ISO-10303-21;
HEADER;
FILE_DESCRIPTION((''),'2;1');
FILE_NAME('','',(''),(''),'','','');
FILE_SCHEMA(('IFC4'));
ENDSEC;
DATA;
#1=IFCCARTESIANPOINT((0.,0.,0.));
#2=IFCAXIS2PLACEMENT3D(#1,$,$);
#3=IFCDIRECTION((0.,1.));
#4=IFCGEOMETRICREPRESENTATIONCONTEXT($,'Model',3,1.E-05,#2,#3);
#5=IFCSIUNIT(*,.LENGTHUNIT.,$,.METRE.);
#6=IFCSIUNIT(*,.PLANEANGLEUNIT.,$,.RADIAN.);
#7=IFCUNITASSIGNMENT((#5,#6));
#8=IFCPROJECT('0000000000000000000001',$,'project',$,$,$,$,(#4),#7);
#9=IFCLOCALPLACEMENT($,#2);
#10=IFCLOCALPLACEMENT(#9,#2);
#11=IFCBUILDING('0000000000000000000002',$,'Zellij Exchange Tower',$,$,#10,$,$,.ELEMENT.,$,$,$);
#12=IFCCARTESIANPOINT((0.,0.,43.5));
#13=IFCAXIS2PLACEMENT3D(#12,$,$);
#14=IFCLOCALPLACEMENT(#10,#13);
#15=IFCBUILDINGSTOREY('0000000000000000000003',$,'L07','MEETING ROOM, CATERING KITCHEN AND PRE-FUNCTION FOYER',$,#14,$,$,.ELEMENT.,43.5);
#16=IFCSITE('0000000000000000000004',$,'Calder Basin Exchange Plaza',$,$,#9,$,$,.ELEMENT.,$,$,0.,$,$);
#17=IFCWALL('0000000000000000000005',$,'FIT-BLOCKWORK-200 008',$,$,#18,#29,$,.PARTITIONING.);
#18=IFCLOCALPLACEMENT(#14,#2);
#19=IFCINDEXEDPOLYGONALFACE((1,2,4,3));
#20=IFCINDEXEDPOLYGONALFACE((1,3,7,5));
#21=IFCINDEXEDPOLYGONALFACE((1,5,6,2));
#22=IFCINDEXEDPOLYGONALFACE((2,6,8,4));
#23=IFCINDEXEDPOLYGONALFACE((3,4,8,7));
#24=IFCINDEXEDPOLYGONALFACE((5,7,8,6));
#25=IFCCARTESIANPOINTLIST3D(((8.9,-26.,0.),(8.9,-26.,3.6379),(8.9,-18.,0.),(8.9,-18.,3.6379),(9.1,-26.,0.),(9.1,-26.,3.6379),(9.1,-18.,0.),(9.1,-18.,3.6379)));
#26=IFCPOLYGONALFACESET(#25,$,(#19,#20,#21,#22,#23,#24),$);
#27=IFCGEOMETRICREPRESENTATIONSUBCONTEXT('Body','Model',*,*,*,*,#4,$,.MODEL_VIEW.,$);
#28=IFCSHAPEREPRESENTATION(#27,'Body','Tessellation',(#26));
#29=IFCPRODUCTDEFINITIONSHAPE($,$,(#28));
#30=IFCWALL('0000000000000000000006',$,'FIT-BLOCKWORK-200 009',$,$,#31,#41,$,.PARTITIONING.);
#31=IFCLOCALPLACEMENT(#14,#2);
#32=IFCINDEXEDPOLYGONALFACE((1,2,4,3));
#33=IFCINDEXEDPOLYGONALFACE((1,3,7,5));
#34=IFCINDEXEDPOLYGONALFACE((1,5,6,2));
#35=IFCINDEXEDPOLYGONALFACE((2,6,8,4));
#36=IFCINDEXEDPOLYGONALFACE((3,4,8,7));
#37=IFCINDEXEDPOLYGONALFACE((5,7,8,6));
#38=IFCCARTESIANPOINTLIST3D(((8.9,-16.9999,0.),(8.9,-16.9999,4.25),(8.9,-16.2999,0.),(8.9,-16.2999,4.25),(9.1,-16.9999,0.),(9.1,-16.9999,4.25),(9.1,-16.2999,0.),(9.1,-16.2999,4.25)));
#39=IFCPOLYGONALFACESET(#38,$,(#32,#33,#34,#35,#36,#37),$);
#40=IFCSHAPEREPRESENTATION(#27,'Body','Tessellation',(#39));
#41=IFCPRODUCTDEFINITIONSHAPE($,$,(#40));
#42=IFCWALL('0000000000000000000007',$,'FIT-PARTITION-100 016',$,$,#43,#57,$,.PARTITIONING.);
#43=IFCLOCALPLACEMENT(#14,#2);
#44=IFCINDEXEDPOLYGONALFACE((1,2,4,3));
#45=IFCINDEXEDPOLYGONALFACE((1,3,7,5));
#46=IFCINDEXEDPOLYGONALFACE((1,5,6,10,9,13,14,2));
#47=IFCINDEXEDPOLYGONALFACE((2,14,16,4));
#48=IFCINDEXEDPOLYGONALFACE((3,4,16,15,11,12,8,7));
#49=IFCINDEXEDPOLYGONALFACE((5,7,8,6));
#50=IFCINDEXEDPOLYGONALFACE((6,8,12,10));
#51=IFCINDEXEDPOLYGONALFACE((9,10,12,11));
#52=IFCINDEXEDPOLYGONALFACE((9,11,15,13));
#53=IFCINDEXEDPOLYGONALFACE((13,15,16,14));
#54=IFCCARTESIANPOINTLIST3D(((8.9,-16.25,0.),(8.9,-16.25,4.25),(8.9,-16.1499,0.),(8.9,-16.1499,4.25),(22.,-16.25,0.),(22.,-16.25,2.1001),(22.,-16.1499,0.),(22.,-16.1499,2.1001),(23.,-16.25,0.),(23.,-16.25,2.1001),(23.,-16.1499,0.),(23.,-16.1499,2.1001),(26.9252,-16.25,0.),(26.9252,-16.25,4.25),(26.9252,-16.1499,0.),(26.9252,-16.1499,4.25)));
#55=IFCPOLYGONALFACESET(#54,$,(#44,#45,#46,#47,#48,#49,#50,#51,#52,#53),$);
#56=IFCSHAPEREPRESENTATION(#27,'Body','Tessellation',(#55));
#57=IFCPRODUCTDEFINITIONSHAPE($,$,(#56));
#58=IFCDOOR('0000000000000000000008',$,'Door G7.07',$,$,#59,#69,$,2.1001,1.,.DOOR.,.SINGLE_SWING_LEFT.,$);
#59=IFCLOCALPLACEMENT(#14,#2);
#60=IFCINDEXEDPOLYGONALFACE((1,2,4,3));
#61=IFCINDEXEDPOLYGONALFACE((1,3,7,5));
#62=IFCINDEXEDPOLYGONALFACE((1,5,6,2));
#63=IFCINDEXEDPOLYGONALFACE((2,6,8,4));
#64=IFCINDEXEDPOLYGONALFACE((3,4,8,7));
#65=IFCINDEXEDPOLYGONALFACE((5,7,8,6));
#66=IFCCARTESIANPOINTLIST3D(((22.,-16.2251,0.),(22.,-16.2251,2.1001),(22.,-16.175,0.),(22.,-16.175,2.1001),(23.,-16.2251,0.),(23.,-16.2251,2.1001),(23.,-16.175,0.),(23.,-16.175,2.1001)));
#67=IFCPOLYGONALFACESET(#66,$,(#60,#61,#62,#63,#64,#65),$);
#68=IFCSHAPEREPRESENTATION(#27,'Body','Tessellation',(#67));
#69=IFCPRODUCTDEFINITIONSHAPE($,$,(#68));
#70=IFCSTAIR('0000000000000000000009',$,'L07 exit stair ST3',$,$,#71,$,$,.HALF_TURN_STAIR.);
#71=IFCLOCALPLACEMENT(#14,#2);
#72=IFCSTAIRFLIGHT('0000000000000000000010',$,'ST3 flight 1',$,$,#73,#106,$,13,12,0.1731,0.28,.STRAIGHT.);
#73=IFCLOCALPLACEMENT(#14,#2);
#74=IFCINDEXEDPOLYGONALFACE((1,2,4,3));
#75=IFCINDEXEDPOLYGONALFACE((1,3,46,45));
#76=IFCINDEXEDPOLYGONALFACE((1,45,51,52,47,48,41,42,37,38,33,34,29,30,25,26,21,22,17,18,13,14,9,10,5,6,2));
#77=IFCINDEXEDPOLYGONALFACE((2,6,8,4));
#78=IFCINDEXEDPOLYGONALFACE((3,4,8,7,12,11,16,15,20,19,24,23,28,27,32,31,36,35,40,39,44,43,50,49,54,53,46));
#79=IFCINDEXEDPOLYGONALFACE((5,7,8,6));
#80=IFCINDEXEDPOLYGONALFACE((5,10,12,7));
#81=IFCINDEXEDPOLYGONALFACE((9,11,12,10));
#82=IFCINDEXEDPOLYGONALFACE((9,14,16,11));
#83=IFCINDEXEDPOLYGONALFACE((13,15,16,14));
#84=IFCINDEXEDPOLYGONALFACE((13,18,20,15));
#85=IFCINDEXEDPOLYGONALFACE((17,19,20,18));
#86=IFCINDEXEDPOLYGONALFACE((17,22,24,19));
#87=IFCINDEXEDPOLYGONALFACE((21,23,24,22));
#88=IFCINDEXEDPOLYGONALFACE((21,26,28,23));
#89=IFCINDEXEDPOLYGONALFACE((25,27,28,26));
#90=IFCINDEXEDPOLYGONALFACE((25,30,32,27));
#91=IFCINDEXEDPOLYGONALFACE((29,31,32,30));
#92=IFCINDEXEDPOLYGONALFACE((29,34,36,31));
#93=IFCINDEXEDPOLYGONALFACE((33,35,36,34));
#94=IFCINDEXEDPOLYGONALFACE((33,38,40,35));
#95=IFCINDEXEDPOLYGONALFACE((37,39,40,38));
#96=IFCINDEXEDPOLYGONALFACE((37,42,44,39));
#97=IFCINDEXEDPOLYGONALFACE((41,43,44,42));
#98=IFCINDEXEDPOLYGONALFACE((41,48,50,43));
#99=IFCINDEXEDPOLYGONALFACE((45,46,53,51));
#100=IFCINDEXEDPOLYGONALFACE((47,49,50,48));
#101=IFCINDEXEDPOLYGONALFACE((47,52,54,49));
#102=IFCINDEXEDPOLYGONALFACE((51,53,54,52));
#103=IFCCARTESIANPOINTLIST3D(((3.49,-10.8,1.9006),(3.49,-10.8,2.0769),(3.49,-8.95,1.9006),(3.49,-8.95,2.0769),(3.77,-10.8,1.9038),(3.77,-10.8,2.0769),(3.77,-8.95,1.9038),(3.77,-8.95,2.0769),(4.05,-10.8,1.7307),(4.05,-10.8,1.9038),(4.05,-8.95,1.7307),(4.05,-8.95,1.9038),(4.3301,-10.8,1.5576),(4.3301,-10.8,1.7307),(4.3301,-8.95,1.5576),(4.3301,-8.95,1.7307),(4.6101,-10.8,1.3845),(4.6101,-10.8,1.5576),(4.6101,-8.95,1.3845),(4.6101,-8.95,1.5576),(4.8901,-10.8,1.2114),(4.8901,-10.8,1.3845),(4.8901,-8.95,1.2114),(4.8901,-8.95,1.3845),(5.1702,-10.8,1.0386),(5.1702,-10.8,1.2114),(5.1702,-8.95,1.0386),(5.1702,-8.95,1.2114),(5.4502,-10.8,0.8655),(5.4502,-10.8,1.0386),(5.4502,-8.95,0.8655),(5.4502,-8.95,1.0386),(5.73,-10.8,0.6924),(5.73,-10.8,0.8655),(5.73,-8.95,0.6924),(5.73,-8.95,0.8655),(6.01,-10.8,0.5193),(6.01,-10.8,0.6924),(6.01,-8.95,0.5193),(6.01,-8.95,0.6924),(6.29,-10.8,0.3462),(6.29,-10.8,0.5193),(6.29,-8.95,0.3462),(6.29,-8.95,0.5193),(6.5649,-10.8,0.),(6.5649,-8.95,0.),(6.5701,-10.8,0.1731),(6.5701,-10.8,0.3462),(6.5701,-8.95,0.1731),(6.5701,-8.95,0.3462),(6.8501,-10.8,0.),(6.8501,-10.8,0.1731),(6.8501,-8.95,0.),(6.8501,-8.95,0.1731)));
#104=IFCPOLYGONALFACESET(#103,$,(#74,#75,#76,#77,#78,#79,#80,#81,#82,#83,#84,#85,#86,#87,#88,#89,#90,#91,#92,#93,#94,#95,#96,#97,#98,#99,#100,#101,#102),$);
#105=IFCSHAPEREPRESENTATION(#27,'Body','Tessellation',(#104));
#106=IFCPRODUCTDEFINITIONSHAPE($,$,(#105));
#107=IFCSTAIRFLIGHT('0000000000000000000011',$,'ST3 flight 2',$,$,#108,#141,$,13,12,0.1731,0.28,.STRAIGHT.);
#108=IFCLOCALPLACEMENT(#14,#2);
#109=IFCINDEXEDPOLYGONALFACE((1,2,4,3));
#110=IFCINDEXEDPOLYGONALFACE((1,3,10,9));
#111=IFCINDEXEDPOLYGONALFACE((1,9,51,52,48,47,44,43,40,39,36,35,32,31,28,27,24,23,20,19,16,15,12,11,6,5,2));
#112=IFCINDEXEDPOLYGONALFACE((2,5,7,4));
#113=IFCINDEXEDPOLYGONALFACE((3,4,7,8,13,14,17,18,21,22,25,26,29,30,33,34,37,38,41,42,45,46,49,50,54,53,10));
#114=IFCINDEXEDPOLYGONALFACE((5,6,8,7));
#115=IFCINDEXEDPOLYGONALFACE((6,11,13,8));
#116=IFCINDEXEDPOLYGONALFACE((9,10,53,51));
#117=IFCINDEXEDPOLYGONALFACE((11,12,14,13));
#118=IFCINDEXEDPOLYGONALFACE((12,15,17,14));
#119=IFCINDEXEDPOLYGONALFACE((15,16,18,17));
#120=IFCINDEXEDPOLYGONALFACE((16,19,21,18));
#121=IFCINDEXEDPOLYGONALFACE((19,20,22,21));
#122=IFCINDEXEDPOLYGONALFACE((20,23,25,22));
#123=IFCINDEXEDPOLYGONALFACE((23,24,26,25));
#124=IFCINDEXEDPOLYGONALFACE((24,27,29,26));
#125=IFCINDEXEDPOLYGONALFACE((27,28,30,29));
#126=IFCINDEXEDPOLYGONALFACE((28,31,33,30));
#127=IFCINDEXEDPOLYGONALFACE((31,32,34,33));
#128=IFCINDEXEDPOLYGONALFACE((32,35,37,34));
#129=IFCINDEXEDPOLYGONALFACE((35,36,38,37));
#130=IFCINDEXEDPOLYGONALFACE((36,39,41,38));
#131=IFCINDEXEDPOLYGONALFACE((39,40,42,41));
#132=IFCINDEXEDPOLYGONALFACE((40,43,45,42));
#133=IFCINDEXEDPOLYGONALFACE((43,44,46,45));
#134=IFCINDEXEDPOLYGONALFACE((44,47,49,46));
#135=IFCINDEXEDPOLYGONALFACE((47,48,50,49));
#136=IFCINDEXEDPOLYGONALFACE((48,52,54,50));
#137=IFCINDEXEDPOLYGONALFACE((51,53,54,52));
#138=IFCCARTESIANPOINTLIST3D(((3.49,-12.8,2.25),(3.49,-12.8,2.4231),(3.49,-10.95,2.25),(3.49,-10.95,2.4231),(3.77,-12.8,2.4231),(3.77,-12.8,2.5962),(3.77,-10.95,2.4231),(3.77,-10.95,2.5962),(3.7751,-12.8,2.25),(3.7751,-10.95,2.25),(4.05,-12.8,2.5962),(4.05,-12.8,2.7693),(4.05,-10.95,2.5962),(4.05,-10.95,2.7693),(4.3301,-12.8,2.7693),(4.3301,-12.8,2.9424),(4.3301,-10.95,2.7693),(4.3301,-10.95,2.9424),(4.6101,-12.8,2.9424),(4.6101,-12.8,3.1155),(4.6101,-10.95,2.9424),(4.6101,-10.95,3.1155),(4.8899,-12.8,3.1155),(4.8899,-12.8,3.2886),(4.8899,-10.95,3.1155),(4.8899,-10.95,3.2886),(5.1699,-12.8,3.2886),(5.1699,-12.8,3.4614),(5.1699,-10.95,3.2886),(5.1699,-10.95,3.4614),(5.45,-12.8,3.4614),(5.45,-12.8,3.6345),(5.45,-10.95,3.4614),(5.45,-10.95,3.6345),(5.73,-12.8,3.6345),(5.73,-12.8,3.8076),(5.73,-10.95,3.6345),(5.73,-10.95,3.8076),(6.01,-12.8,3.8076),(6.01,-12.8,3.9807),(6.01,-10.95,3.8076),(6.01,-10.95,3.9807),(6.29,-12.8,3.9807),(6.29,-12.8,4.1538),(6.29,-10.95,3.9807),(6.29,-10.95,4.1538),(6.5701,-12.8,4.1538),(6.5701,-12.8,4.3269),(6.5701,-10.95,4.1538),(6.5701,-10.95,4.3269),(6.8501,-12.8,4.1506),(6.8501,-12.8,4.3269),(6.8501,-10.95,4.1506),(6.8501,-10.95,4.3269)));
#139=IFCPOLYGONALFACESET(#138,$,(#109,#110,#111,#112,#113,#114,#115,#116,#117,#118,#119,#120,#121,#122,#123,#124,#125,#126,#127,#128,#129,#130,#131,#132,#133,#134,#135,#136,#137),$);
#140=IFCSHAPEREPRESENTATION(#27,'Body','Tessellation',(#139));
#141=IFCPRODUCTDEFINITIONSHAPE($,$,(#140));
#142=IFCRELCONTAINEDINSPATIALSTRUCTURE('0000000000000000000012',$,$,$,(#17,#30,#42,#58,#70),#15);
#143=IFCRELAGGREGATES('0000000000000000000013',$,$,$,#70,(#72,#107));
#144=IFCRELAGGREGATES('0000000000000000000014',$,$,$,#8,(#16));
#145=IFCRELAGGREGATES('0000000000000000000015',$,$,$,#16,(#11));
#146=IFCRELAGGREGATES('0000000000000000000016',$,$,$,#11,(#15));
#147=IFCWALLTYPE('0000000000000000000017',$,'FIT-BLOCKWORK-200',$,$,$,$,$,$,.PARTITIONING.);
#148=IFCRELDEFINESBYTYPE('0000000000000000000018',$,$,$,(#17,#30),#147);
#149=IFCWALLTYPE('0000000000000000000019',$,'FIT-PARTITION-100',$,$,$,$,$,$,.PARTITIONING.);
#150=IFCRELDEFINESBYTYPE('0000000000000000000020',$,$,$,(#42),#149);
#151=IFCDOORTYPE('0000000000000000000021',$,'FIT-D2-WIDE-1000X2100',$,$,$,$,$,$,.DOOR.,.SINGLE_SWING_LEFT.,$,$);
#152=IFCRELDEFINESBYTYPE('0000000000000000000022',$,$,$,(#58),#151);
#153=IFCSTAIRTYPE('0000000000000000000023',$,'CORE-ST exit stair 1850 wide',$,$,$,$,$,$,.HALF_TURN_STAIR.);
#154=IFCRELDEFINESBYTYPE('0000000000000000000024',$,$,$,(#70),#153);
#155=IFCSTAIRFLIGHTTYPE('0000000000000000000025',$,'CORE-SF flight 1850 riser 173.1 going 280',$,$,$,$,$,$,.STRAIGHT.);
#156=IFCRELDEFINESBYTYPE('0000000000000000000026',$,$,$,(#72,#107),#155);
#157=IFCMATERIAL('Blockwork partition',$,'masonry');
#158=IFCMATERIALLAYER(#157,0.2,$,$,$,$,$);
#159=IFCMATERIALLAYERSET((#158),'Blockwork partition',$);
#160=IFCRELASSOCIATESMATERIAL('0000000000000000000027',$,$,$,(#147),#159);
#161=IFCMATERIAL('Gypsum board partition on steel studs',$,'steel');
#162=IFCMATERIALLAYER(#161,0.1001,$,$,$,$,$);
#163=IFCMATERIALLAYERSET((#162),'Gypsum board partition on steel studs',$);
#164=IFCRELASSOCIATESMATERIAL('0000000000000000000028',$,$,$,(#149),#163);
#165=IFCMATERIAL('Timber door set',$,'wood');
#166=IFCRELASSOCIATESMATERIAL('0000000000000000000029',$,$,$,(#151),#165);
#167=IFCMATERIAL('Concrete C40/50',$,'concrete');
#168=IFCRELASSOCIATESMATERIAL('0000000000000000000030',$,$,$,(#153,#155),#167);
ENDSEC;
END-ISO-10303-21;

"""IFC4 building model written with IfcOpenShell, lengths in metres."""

from ifc_helpers import new_model, si_unit, direction, frame, frame_2d, origin, place, context, subcontext, project, spatial, polyline, rectangle, outline, extrude, material, layer, layer_set, type_object, element, fill, aggregate, save


model = new_model("IFC4")

# Units and contexts
model_context = context("Model", 3, precision=1e-05, world=origin(), true_north=direction((0.0, 1.0)))
body_context = subcontext(model_context, "Body", "Model", "MODEL_VIEW")
ifc_project = project(units=[si_unit("LENGTHUNIT", "METRE"), si_unit("PLANEANGLEUNIT", "RADIAN")], contexts=[model_context])

# Site, building, storey
site_placement = place(None, origin())
site = spatial("IfcSite", under=ifc_project, at=site_placement, Name="Calder Basin Exchange Plaza", CompositionType="ELEMENT", RefElevation=0.0)
building_placement = place(site_placement, origin())
building = spatial("IfcBuilding", under=site, at=building_placement, Name="Zellij Exchange Tower", CompositionType="ELEMENT")
storey_placement = place(building_placement, frame((0.0, 0.0, 43.5)))
storey = spatial("IfcBuildingStorey", under=building, at=storey_placement, Name="L07", Description="MEETING ROOM, CATERING KITCHEN AND PRE-FUNCTION FOYER", CompositionType="ELEMENT", Elevation=43.5)

# Walls
ifc_material_1 = material(Name="Blockwork partition", Category="masonry")
ifc_layer_1 = layer(ifc_material_1, 0.2)
ifc_layer_set_1 = layer_set([ifc_layer_1], Name="Blockwork partition")
wall_type_1 = type_object("IfcWallType", Name="FIT-BLOCKWORK-200", PredefinedType="PARTITIONING", material=ifc_layer_set_1)
wall_1_placement = place(storey_placement, frame((9.0, -26.0, 0.0), z_axis=(0.0, 0.0, 1.0), x_axis=(0.0, 1.0, 0.0)))
element("IfcWall", 1, at=wall_1_placement, inside=storey, type_object=wall_type_1, Name="FIT-BLOCKWORK-200 008", PredefinedType="PARTITIONING", context=body_context, shape_type="SweptSolid", body=[
    extrude(rectangle(XDim=8.0, YDim=0.2, at=frame_2d((4.0, 0.0))), origin(), (0.0, 0.0, 1.0), 3.6379),
])
wall_2_placement = place(storey_placement, frame((9.0, -17.0, 0.0), z_axis=(0.0, 0.0, 1.0), x_axis=(0.0, 1.0, 0.0)))
element("IfcWall", 2, at=wall_2_placement, inside=storey, type_object=wall_type_1, Name="FIT-BLOCKWORK-200 009", PredefinedType="PARTITIONING", context=body_context, shape_type="SweptSolid", body=[
    extrude(rectangle(XDim=0.7, YDim=0.2, at=frame_2d((0.3501, 0.0))), origin(), (0.0, 0.0, 1.0), 4.25),
])

# Wall, opening, door
ifc_material_2 = material(Name="Gypsum board partition on steel studs", Category="steel")
ifc_layer_2 = layer(ifc_material_2, 0.1001)
ifc_layer_set_2 = layer_set([ifc_layer_2], Name="Gypsum board partition on steel studs")
wall_type_2 = type_object("IfcWallType", Name="FIT-PARTITION-100", PredefinedType="PARTITIONING", material=ifc_layer_set_2)
wall_3_placement = place(storey_placement, frame((8.8999, -16.2, 0.0), z_axis=(0.0, 0.0, 1.0), x_axis=(1.0, 0.0, 0.0)))
wall_3 = element("IfcWall", 3, at=wall_3_placement, inside=storey, type_object=wall_type_2, Name="FIT-PARTITION-100 016", PredefinedType="PARTITIONING", context=body_context, shape_type="SweptSolid", body=[
    extrude(rectangle(XDim=18.0251, YDim=0.1001, at=frame_2d((9.0127, 0.0))), origin(), (0.0, 0.0, 1.0), 4.25),
])
opening_1_placement = place(wall_3_placement, frame((13.1001, 0.0, 0.0)))
opening_1 = element("IfcOpeningElement", 4, at=opening_1_placement, cuts=wall_3, PredefinedType="OPENING", context=body_context, shape_type="SweptSolid", body=[
    extrude(rectangle(XDim=1.0, YDim=2.1001, at=frame_2d((0.5, 1.05))), frame((0.0, 0.062, 0.0), z_axis=(0.0, -1.0, 0.0), x_axis=(1.0, 0.0, 0.0)), (0.0, 0.0, 1.0), 0.124),
])
ifc_material_3 = material(Name="Timber door set", Category="wood")
door_type_1 = type_object("IfcDoorType", Name="FIT-D2-WIDE-1000X2100", OperationType="SINGLE_SWING_LEFT", PredefinedType="DOOR", material=ifc_material_3)
door_1_placement = place(opening_1_placement, origin())
door_1 = element("IfcDoor", 5, at=door_1_placement, inside=storey, type_object=door_type_1, Name="Door G7.07", OperationType="SINGLE_SWING_LEFT", OverallHeight=2.1001, OverallWidth=1.0, PredefinedType="DOOR", context=body_context, shape_type="SweptSolid", body=[
    extrude(rectangle(XDim=1.0, YDim=2.1001, at=frame_2d((0.5, 1.05))), frame((0.0, 0.0249, 0.0), z_axis=(0.0, -1.0, 0.0), x_axis=(1.0, 0.0, 0.0)), (0.0, 0.0, 1.0), 0.05),
])
fill(opening_1, door_1)

# Stair, stair flights
ifc_material_4 = material(Name="Concrete C40/50", Category="concrete")
stair_type = type_object("IfcStairType", Name="CORE-ST exit stair 1850 wide", PredefinedType="HALF_TURN_STAIR", material=ifc_material_4)
stair_placement = place(storey_placement, origin())
stair = element("IfcStair", 6, at=stair_placement, inside=storey, type_object=stair_type, Name="L07 exit stair ST3", PredefinedType="HALF_TURN_STAIR")
stair_flight_type = type_object("IfcStairFlightType", Name="CORE-SF flight 1850 riser 173.1 going 280", PredefinedType="STRAIGHT", material=ifc_material_4)
stair_flight_1_placement = place(storey_placement, frame((6.8501, -9.875, 0.0), z_axis=(0.0, 0.0, 1.0), x_axis=(-1.0, 0.0, 0.0)))
stair_flight_1 = element("IfcStairFlight", 7, at=stair_flight_1_placement, type_object=stair_flight_type, Name="ST3 flight 1", NumberOfRisers=13, NumberOfTreads=12, PredefinedType="STRAIGHT", RiserHeight=0.1731, TreadLength=0.28, context=body_context, shape_type="SweptSolid", body=[
    extrude(outline(polyline([(0.0, 0.0), (0.0, 0.1731), (0.28, 0.1731), (0.28, 0.3462), (0.5601, 0.3462), (0.5601, 0.5193), (0.8401, 0.5193), (0.8401, 0.6924), (1.1201, 0.6924), (1.1201, 0.8655), (1.3999, 0.8655), (1.3999, 1.0386), (1.6799, 1.0386), (1.6799, 1.2114), (1.96, 1.2114), (1.96, 1.3845), (2.24, 1.3845), (2.24, 1.5576), (2.52, 1.5576), (2.52, 1.7307), (2.8, 1.7307), (2.8, 1.9038), (3.0801, 1.9038), (3.0801, 2.0769), (3.3601, 2.0769), (3.3601, 2.25), (3.3601, 1.9006), (0.2852, 0.0), (0.0, 0.0)])), frame((0.0, 0.925, 0.0), z_axis=(0.0, -1.0, 0.0), x_axis=(1.0, 0.0, 0.0)), (0.0, 0.0, 1.0), 1.8501),
])
stair_flight_2_placement = place(storey_placement, frame((3.49, -11.875, 2.25), z_axis=(0.0, 0.0, 1.0), x_axis=(1.0, 0.0, 0.0)))
stair_flight_2 = element("IfcStairFlight", 8, at=stair_flight_2_placement, type_object=stair_flight_type, Name="ST3 flight 2", NumberOfRisers=13, NumberOfTreads=12, PredefinedType="STRAIGHT", RiserHeight=0.1731, TreadLength=0.28, context=body_context, shape_type="SweptSolid", body=[
    extrude(outline(polyline([(0.0, 0.0), (0.0, 0.1731), (0.28, 0.1731), (0.28, 0.3462), (0.5601, 0.3462), (0.5601, 0.5193), (0.8401, 0.5193), (0.8401, 0.6924), (1.1201, 0.6924), (1.1201, 0.8655), (1.3999, 0.8655), (1.3999, 1.0386), (1.6799, 1.0386), (1.6799, 1.2114), (1.96, 1.2114), (1.96, 1.3845), (2.24, 1.3845), (2.24, 1.5576), (2.52, 1.5576), (2.52, 1.7307), (2.8, 1.7307), (2.8, 1.9038), (3.0801, 1.9038), (3.0801, 2.0769), (3.3601, 2.0769), (3.3601, 2.25), (3.3601, 1.9006), (0.2852, 0.0), (0.0, 0.0)])), frame((0.0, 0.925, 0.0), z_axis=(0.0, -1.0, 0.0), x_axis=(1.0, 0.0, 0.0)), (0.0, 0.0, 1.0), 1.8501),
])
aggregate(stair, [stair_flight_1, stair_flight_2])

save(model, "model.ifc")
